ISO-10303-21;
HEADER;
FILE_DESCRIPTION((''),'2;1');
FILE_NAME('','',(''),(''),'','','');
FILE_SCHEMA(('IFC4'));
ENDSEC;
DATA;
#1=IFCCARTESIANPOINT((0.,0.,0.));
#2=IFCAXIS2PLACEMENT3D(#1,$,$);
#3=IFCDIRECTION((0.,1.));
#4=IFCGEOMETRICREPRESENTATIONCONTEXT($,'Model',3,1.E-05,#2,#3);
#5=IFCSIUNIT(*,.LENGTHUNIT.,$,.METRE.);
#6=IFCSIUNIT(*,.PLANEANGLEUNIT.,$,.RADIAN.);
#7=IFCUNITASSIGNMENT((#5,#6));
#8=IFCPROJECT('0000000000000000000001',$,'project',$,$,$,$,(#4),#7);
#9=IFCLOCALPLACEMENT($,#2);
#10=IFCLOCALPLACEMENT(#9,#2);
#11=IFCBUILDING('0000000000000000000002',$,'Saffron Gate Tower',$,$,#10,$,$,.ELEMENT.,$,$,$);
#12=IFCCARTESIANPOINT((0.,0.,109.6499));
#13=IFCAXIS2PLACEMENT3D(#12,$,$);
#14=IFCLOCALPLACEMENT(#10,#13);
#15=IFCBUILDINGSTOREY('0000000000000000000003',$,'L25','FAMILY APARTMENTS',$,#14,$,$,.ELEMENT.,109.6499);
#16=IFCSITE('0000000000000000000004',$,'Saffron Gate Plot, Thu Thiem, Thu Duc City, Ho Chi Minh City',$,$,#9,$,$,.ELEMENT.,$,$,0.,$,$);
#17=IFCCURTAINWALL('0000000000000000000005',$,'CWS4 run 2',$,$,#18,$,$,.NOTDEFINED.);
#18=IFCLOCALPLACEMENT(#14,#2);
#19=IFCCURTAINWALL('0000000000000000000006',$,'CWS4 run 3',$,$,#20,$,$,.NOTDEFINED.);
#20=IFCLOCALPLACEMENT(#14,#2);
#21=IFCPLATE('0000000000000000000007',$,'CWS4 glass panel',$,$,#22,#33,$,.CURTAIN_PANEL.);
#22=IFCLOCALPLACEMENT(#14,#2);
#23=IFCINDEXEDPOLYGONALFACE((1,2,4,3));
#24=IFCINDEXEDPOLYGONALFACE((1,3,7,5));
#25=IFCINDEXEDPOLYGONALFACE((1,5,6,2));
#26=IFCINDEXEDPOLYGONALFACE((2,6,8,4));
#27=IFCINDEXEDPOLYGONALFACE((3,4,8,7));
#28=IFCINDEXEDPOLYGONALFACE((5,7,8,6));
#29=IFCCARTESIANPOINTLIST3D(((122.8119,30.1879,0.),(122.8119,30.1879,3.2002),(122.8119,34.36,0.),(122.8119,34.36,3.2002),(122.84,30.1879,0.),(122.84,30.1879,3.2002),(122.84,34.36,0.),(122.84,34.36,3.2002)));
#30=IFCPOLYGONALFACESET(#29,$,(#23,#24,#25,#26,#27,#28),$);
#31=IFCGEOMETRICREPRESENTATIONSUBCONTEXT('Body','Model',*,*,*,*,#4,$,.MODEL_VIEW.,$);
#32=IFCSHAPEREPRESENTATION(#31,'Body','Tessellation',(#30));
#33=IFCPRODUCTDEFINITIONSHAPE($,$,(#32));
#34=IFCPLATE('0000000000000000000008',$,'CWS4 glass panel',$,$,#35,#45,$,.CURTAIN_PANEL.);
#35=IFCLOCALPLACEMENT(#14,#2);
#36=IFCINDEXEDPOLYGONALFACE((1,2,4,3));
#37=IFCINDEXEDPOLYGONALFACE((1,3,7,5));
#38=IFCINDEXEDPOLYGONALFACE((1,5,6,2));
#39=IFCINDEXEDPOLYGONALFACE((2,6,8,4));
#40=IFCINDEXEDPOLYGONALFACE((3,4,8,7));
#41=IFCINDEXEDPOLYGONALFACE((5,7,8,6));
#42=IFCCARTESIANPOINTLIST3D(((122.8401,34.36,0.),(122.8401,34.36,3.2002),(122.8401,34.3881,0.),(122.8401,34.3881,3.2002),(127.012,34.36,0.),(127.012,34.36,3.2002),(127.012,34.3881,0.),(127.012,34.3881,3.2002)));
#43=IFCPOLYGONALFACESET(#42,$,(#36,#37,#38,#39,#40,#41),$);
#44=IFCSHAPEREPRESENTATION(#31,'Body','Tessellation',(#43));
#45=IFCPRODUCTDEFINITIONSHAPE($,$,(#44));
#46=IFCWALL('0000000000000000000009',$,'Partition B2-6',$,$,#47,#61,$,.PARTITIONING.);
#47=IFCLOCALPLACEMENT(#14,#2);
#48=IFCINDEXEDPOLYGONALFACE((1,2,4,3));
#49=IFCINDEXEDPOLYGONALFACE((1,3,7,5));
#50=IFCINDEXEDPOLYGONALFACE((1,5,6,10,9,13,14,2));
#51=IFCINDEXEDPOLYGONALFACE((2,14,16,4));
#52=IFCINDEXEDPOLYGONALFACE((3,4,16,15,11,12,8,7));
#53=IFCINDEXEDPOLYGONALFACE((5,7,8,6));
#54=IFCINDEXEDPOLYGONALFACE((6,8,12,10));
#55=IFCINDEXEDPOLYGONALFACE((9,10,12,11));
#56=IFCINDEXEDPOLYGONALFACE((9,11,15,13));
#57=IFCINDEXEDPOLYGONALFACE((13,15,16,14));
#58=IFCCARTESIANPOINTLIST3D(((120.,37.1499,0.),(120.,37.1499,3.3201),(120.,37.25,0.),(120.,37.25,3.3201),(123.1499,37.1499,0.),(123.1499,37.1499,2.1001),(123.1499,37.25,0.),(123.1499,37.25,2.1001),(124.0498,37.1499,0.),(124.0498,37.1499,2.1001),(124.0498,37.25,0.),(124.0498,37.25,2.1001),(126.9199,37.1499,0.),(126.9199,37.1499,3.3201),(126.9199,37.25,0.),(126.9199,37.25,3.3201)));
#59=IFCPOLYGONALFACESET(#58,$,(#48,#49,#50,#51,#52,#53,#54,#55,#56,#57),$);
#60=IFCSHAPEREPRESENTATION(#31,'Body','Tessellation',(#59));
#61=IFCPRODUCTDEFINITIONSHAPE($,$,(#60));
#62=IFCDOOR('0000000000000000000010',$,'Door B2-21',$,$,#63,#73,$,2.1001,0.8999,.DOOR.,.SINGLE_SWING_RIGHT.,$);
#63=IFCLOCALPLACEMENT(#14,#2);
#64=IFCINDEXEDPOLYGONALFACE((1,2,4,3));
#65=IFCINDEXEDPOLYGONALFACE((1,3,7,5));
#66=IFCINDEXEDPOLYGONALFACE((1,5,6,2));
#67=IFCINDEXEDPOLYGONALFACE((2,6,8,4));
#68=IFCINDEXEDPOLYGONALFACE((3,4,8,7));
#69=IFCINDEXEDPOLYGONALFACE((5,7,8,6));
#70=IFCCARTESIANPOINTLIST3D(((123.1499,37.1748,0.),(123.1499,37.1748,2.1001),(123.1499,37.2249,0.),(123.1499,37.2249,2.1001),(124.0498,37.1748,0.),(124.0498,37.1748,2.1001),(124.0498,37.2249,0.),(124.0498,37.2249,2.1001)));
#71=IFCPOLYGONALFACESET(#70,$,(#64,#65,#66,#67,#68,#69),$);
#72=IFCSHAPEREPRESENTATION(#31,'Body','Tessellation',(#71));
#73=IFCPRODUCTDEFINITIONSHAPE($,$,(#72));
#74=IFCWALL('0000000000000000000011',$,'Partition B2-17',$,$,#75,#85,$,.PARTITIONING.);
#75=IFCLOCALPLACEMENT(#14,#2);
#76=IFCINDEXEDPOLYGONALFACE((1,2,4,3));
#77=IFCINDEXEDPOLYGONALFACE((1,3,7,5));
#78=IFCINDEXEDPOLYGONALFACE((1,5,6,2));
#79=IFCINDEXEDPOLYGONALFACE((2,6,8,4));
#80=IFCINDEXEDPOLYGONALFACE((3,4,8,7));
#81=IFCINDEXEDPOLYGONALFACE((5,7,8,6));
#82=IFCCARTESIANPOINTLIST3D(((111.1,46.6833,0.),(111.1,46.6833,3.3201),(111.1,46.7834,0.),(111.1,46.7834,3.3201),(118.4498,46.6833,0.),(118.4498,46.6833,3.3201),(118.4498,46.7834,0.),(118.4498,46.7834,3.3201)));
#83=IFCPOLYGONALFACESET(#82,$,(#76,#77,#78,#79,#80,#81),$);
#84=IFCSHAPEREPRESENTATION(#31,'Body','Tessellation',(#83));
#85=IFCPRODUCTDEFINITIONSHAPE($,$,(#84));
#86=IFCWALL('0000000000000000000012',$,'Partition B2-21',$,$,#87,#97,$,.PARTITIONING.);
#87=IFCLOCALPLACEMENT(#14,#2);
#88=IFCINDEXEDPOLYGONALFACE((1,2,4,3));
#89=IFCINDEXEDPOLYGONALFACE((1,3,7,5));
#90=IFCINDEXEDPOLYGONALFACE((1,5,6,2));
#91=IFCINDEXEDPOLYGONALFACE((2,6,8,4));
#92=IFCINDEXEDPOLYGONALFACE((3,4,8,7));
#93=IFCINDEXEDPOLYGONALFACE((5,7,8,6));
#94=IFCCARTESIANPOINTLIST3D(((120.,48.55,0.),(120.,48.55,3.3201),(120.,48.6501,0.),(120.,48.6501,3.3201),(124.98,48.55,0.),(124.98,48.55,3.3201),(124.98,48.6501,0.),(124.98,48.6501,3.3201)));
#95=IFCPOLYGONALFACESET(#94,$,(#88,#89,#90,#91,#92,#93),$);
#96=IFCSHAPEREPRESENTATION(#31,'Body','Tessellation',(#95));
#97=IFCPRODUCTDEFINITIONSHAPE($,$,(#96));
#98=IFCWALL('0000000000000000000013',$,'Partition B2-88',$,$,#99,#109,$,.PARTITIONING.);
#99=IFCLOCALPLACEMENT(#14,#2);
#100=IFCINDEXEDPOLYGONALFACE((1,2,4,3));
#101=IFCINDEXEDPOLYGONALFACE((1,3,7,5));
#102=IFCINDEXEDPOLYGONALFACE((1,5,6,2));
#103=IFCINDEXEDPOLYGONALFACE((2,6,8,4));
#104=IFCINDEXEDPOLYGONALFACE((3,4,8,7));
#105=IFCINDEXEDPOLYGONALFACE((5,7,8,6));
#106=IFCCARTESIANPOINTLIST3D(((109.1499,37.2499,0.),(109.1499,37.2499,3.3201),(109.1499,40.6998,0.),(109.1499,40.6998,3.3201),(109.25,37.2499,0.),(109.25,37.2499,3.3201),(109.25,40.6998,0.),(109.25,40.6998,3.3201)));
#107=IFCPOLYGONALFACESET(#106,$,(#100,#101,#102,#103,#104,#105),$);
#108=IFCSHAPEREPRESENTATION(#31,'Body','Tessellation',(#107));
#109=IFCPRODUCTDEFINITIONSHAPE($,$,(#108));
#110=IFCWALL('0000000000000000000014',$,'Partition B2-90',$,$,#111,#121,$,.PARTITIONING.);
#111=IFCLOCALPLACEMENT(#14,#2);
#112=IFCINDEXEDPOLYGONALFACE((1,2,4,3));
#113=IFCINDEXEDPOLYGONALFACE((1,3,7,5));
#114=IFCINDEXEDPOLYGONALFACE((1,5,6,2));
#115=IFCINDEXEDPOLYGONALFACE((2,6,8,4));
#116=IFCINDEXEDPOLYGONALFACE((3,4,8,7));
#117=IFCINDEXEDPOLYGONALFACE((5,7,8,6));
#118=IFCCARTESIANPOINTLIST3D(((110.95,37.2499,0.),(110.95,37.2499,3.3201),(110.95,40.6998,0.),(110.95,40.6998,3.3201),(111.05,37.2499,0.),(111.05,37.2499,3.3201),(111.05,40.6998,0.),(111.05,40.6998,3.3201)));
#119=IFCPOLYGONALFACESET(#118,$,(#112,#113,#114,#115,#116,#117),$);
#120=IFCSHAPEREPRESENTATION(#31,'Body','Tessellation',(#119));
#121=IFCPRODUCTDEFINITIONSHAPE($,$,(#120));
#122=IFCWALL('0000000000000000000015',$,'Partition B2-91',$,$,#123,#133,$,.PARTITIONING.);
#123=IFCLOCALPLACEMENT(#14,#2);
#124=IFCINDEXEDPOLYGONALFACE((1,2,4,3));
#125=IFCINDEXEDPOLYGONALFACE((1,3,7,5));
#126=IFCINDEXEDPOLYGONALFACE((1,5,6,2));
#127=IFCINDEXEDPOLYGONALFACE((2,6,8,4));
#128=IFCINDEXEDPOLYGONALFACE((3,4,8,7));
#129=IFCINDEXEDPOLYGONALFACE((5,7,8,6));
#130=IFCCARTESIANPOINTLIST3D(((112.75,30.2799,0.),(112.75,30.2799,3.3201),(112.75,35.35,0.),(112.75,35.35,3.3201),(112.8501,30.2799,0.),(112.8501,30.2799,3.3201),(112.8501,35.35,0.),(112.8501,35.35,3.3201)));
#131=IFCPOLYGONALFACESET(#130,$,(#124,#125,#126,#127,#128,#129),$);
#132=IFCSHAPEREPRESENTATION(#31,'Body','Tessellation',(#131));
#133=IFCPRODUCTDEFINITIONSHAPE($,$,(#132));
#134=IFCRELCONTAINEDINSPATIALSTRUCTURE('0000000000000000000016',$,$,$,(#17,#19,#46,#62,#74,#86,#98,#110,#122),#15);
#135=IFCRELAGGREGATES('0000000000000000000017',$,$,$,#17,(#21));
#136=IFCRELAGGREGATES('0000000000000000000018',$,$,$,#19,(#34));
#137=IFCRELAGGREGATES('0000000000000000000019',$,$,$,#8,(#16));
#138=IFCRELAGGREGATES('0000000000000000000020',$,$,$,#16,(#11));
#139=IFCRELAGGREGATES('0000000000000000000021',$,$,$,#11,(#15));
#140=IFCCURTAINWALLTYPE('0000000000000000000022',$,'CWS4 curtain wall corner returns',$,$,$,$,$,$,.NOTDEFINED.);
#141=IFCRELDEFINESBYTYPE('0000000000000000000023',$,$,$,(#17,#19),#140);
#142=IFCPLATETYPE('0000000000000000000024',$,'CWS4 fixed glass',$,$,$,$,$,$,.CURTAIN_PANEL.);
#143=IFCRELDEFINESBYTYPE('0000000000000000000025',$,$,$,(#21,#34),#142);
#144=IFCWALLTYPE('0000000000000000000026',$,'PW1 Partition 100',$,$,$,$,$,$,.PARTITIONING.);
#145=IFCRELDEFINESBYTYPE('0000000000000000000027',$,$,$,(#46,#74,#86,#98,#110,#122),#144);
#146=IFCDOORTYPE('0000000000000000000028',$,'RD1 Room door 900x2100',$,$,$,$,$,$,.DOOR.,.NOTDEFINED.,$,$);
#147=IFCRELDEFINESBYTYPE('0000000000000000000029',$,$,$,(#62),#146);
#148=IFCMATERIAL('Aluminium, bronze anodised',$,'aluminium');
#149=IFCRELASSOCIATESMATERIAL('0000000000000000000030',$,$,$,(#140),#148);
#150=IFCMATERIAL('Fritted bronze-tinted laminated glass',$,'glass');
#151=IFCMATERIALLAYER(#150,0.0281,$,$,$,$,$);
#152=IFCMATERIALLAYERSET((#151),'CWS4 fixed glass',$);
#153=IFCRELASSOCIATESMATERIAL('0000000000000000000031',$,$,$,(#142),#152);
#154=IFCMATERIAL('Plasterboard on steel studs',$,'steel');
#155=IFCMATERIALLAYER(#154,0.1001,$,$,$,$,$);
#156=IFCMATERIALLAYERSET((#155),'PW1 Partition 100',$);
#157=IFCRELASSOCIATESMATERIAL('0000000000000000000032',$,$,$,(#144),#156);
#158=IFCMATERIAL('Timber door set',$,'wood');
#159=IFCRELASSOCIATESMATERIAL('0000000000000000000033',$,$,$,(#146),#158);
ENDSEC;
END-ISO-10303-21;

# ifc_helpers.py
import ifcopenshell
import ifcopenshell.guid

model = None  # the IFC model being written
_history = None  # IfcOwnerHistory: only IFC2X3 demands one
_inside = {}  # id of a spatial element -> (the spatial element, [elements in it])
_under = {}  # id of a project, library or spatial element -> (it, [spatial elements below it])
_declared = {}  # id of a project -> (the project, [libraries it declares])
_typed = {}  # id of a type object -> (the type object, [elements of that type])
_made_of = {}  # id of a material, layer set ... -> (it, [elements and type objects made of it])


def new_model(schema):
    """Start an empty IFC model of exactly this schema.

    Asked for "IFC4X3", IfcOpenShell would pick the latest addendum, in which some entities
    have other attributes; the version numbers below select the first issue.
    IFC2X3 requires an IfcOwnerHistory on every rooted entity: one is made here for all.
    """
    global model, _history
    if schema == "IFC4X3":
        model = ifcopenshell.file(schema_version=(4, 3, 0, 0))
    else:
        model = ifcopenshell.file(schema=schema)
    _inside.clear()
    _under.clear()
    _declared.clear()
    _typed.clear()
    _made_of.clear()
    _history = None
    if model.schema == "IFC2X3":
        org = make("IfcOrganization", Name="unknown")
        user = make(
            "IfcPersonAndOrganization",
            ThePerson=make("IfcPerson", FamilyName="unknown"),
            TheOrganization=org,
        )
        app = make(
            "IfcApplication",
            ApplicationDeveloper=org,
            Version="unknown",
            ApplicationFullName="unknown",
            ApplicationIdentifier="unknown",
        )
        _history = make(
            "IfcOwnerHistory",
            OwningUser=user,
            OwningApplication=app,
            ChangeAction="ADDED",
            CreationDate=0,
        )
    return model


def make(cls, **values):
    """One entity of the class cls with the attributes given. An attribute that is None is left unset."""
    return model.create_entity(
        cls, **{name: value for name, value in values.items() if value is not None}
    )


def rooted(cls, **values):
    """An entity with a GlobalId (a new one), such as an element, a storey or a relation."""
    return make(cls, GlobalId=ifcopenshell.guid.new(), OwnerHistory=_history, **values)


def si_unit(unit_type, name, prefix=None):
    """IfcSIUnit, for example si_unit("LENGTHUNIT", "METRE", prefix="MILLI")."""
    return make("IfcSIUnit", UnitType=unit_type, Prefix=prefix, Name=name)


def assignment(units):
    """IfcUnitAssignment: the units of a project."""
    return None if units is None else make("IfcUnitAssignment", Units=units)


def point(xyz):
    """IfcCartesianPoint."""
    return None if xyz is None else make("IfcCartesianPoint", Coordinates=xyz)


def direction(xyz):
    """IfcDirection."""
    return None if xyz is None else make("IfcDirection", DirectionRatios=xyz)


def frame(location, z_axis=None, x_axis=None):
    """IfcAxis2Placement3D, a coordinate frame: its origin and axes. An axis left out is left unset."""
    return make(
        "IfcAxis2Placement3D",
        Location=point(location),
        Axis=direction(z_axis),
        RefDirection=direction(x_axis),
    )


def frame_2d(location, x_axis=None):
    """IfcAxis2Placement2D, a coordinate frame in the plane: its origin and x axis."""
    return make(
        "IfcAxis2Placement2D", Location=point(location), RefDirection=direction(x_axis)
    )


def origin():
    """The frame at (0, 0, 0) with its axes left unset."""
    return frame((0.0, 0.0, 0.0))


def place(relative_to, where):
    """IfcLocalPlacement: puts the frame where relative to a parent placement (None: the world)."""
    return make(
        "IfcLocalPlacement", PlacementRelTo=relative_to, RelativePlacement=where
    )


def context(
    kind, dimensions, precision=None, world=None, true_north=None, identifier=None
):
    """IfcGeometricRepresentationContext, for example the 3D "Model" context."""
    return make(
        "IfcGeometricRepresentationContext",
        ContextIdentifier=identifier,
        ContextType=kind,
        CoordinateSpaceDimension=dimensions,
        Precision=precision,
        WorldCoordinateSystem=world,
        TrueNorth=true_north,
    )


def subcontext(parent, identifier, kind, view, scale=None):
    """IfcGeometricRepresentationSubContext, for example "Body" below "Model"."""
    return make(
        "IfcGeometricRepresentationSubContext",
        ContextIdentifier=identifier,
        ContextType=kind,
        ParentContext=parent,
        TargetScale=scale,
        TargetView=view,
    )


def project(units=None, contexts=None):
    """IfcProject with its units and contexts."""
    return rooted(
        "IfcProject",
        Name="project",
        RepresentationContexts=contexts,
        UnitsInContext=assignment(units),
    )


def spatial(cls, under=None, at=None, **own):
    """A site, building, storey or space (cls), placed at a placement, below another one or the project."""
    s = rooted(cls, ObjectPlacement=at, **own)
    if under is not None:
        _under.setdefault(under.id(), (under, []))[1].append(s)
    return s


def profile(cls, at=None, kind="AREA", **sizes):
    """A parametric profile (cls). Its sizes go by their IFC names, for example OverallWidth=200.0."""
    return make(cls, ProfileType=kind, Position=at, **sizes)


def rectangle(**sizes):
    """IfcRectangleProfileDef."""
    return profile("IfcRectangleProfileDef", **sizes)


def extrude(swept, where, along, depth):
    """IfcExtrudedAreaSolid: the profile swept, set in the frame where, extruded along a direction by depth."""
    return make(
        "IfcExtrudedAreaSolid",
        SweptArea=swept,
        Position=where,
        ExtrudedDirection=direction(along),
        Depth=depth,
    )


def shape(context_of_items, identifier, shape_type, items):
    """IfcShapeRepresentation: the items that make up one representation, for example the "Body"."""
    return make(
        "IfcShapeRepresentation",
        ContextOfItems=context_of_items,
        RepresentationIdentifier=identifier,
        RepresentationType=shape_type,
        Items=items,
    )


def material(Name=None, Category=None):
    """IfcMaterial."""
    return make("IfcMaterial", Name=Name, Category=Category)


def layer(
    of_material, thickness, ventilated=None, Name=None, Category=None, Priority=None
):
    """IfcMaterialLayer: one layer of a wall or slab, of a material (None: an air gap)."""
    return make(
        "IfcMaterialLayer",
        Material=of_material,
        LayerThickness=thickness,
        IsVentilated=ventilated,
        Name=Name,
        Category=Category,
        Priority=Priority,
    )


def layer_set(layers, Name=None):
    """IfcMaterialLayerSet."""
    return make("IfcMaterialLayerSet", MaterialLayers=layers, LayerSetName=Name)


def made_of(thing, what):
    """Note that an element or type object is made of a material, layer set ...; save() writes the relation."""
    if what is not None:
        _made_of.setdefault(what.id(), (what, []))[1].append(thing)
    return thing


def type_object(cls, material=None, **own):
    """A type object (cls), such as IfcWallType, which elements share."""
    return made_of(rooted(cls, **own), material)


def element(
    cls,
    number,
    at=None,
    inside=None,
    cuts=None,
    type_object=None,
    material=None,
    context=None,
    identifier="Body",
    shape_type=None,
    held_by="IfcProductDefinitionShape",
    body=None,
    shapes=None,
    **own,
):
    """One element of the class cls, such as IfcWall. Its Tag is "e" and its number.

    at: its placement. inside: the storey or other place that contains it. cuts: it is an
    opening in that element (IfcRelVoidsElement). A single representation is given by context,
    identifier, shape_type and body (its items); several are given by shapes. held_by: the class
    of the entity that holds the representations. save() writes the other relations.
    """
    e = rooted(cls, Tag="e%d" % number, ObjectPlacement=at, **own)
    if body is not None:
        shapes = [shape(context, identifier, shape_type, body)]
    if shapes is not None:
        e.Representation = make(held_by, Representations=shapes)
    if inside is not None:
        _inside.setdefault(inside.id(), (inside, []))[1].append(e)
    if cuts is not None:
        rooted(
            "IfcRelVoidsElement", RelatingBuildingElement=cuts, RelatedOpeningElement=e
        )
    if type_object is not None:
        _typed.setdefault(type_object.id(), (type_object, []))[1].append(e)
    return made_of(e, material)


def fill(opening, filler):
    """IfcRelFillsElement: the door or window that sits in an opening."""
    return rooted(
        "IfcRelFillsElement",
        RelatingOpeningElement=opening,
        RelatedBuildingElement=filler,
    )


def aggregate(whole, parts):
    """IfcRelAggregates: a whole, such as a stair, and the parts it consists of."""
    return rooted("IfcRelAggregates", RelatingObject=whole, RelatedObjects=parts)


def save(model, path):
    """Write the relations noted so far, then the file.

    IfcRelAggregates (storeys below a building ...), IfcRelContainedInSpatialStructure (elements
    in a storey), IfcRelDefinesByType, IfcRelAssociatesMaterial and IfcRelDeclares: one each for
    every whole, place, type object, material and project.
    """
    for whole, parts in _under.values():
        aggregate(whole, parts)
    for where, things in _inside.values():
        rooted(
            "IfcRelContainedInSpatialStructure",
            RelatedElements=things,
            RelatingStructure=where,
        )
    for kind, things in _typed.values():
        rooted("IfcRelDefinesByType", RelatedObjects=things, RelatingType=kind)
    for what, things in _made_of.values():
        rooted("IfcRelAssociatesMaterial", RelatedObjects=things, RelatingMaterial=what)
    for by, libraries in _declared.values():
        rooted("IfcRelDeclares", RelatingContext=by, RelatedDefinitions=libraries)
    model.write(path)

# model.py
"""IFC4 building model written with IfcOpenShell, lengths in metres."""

from ifc_helpers import new_model, si_unit, direction, frame, frame_2d, origin, place, context, subcontext, project, spatial, rectangle, extrude, material, layer, layer_set, type_object, element, fill, aggregate, save


model = new_model("IFC4")

# Units and contexts
model_context = context("Model", 3, precision=1e-05, world=origin(), true_north=direction((0.0, 1.0)))
body_context = subcontext(model_context, "Body", "Model", "MODEL_VIEW")
ifc_project = project(units=[si_unit("LENGTHUNIT", "METRE"), si_unit("PLANEANGLEUNIT", "RADIAN")], contexts=[model_context])

# Site, building, storey
site_placement = place(None, origin())
site = spatial("IfcSite", under=ifc_project, at=site_placement, Name="Saffron Gate Plot, Thu Thiem, Thu Duc City, Ho Chi Minh City", CompositionType="ELEMENT", RefElevation=0.0)
building_placement = place(site_placement, origin())
building = spatial("IfcBuilding", under=site, at=building_placement, Name="Saffron Gate Tower", CompositionType="ELEMENT")
storey_placement = place(building_placement, frame((0.0, 0.0, 109.6499)))
storey = spatial("IfcBuildingStorey", under=building, at=storey_placement, Name="L25", Description="FAMILY APARTMENTS", CompositionType="ELEMENT", Elevation=109.6499)

# Shared definitions
ifc_material_1 = material(Name="Aluminium, bronze anodised", Category="aluminium")

# Curtain walls
curtain_wall_type_1 = type_object("IfcCurtainWallType", Name="CWS4 curtain wall corner returns", PredefinedType="NOTDEFINED", material=ifc_material_1)
curtain_wall_1_placement = place(storey_placement, origin())
curtain_wall_1 = element("IfcCurtainWall", 1, at=curtain_wall_1_placement, inside=storey, type_object=curtain_wall_type_1, Name="CWS4 run 2", PredefinedType="NOTDEFINED")
curtain_wall_2_placement = place(storey_placement, origin())
curtain_wall_2 = element("IfcCurtainWall", 2, at=curtain_wall_2_placement, inside=storey, type_object=curtain_wall_type_1, Name="CWS4 run 3", PredefinedType="NOTDEFINED")

# Plates
ifc_material_2 = material(Name="Fritted bronze-tinted laminated glass", Category="glass")
ifc_layer_1 = layer(ifc_material_2, 0.0281)
ifc_layer_set_1 = layer_set([ifc_layer_1], Name="CWS4 fixed glass")
plate_type = type_object("IfcPlateType", Name="CWS4 fixed glass", PredefinedType="CURTAIN_PANEL", material=ifc_layer_set_1)
plate_1_placement = place(storey_placement, frame((122.8259, 30.188, 0.0), z_axis=(0.0, 0.0, 1.0), x_axis=(0.0, 1.0, 0.0)))
plate_1 = element("IfcPlate", 3, at=plate_1_placement, type_object=plate_type, Name="CWS4 glass panel", PredefinedType="CURTAIN_PANEL", context=body_context, shape_type="SweptSolid", body=[
    extrude(rectangle(XDim=4.1721, YDim=0.0281, at=frame_2d((2.0859, 0.0))), origin(), (0.0, 0.0, 1.0), 3.2002),
])
aggregate(curtain_wall_1, [plate_1])
plate_2_placement = place(storey_placement, frame((122.8401, 34.374, 0.0), z_axis=(0.0, 0.0, 1.0), x_axis=(1.0, 0.0, 0.0)))
plate_2 = element("IfcPlate", 4, at=plate_2_placement, type_object=plate_type, Name="CWS4 glass panel", PredefinedType="CURTAIN_PANEL", context=body_context, shape_type="SweptSolid", body=[
    extrude(rectangle(XDim=4.1719, YDim=0.0281, at=frame_2d((2.0859, 0.0))), origin(), (0.0, 0.0, 1.0), 3.2002),
])
aggregate(curtain_wall_2, [plate_2])

# Wall, opening, door
ifc_material_3 = material(Name="Plasterboard on steel studs", Category="steel")
ifc_layer_2 = layer(ifc_material_3, 0.1001)
ifc_layer_set_2 = layer_set([ifc_layer_2], Name="PW1 Partition 100")
wall_type_1 = type_object("IfcWallType", Name="PW1 Partition 100", PredefinedType="PARTITIONING", material=ifc_layer_set_2)
wall_1_placement = place(storey_placement, frame((120.0, 37.2, 0.0), z_axis=(0.0, 0.0, 1.0), x_axis=(1.0, 0.0, 0.0)))
wall_1 = element("IfcWall", 5, at=wall_1_placement, inside=storey, type_object=wall_type_1, Name="Partition B2-6", PredefinedType="PARTITIONING", context=body_context, shape_type="SweptSolid", body=[
    extrude(rectangle(XDim=6.9199, YDim=0.1001, at=frame_2d((3.46, 0.0))), origin(), (0.0, 0.0, 1.0), 3.3201),
])
opening_1_placement = place(wall_1_placement, frame((3.1499, 0.0, 0.0)))
opening_1 = element("IfcOpeningElement", 6, at=opening_1_placement, cuts=wall_1, PredefinedType="OPENING", context=body_context, shape_type="SweptSolid", body=[
    extrude(rectangle(XDim=0.8999, YDim=2.1001, at=frame_2d((0.45, 1.05))), frame((0.0, 0.0601, 0.0), z_axis=(0.0, -1.0, 0.0), x_axis=(1.0, 0.0, 0.0)), (0.0, 0.0, 1.0), 0.1201),
])
ifc_material_4 = material(Name="Timber door set", Category="wood")
door_type_1 = type_object("IfcDoorType", Name="RD1 Room door 900x2100", OperationType="NOTDEFINED", PredefinedType="DOOR", material=ifc_material_4)
door_1_placement = place(opening_1_placement, origin())
door_1 = element("IfcDoor", 7, at=door_1_placement, inside=storey, type_object=door_type_1, Name="Door B2-21", OperationType="SINGLE_SWING_RIGHT", OverallHeight=2.1001, OverallWidth=0.8999, PredefinedType="DOOR", context=body_context, shape_type="SweptSolid", body=[
    extrude(rectangle(XDim=0.8999, YDim=2.1001, at=frame_2d((0.45, 1.05))), frame((0.0, 0.0249, 0.0), z_axis=(0.0, -1.0, 0.0), x_axis=(1.0, 0.0, 0.0)), (0.0, 0.0, 1.0), 0.05),
])
fill(opening_1, door_1)

# Walls
wall_2_placement = place(storey_placement, frame((111.1001, 46.7334, 0.0), z_axis=(0.0, 0.0, 1.0), x_axis=(1.0, 0.0, 0.0)))
element("IfcWall", 8, at=wall_2_placement, inside=storey, type_object=wall_type_1, Name="Partition B2-17", PredefinedType="PARTITIONING", context=body_context, shape_type="SweptSolid", body=[
    extrude(rectangle(XDim=7.3499, YDim=0.1001, at=frame_2d((3.6748, 0.0))), origin(), (0.0, 0.0, 1.0), 3.3201),
])
wall_3_placement = place(storey_placement, frame((120.0, 48.6001, 0.0), z_axis=(0.0, 0.0, 1.0), x_axis=(1.0, 0.0, 0.0)))
element("IfcWall", 9, at=wall_3_placement, inside=storey, type_object=wall_type_1, Name="Partition B2-21", PredefinedType="PARTITIONING", context=body_context, shape_type="SweptSolid", body=[
    extrude(rectangle(XDim=4.98, YDim=0.1001, at=frame_2d((2.49, 0.0))), origin(), (0.0, 0.0, 1.0), 3.3201),
])
for number, where, z_axis, x_axis, name in (
    (10, (109.2, 40.7, 0.0), (0.0, 0.0, 1.0), (0.0, -1.0, 0.0), "Partition B2-88"),
    (11, (111.0, 40.7, 0.0), (0.0, 0.0, 1.0), (0.0, -1.0, 0.0), "Partition B2-90"),
):
    element("IfcWall", number, at=place(storey_placement, frame(where, z_axis=z_axis, x_axis=x_axis)), inside=storey, type_object=wall_type_1, Name=name, PredefinedType="PARTITIONING", context=body_context, shape_type="SweptSolid", body=[
        extrude(rectangle(XDim=3.45, YDim=0.1001, at=frame_2d((1.7251, 0.0))), origin(), (0.0, 0.0, 1.0), 3.3201),
    ])
wall_4_placement = place(storey_placement, frame((112.8, 35.3501, 0.0), z_axis=(0.0, 0.0, 1.0), x_axis=(0.0, -1.0, 0.0)))
element("IfcWall", 12, at=wall_4_placement, inside=storey, type_object=wall_type_1, Name="Partition B2-91", PredefinedType="PARTITIONING", context=body_context, shape_type="SweptSolid", body=[
    extrude(rectangle(XDim=5.0701, YDim=0.1001, at=frame_2d((2.5352, 0.0))), origin(), (0.0, 0.0, 1.0), 3.3201),
])

save(model, "model.ifc")
